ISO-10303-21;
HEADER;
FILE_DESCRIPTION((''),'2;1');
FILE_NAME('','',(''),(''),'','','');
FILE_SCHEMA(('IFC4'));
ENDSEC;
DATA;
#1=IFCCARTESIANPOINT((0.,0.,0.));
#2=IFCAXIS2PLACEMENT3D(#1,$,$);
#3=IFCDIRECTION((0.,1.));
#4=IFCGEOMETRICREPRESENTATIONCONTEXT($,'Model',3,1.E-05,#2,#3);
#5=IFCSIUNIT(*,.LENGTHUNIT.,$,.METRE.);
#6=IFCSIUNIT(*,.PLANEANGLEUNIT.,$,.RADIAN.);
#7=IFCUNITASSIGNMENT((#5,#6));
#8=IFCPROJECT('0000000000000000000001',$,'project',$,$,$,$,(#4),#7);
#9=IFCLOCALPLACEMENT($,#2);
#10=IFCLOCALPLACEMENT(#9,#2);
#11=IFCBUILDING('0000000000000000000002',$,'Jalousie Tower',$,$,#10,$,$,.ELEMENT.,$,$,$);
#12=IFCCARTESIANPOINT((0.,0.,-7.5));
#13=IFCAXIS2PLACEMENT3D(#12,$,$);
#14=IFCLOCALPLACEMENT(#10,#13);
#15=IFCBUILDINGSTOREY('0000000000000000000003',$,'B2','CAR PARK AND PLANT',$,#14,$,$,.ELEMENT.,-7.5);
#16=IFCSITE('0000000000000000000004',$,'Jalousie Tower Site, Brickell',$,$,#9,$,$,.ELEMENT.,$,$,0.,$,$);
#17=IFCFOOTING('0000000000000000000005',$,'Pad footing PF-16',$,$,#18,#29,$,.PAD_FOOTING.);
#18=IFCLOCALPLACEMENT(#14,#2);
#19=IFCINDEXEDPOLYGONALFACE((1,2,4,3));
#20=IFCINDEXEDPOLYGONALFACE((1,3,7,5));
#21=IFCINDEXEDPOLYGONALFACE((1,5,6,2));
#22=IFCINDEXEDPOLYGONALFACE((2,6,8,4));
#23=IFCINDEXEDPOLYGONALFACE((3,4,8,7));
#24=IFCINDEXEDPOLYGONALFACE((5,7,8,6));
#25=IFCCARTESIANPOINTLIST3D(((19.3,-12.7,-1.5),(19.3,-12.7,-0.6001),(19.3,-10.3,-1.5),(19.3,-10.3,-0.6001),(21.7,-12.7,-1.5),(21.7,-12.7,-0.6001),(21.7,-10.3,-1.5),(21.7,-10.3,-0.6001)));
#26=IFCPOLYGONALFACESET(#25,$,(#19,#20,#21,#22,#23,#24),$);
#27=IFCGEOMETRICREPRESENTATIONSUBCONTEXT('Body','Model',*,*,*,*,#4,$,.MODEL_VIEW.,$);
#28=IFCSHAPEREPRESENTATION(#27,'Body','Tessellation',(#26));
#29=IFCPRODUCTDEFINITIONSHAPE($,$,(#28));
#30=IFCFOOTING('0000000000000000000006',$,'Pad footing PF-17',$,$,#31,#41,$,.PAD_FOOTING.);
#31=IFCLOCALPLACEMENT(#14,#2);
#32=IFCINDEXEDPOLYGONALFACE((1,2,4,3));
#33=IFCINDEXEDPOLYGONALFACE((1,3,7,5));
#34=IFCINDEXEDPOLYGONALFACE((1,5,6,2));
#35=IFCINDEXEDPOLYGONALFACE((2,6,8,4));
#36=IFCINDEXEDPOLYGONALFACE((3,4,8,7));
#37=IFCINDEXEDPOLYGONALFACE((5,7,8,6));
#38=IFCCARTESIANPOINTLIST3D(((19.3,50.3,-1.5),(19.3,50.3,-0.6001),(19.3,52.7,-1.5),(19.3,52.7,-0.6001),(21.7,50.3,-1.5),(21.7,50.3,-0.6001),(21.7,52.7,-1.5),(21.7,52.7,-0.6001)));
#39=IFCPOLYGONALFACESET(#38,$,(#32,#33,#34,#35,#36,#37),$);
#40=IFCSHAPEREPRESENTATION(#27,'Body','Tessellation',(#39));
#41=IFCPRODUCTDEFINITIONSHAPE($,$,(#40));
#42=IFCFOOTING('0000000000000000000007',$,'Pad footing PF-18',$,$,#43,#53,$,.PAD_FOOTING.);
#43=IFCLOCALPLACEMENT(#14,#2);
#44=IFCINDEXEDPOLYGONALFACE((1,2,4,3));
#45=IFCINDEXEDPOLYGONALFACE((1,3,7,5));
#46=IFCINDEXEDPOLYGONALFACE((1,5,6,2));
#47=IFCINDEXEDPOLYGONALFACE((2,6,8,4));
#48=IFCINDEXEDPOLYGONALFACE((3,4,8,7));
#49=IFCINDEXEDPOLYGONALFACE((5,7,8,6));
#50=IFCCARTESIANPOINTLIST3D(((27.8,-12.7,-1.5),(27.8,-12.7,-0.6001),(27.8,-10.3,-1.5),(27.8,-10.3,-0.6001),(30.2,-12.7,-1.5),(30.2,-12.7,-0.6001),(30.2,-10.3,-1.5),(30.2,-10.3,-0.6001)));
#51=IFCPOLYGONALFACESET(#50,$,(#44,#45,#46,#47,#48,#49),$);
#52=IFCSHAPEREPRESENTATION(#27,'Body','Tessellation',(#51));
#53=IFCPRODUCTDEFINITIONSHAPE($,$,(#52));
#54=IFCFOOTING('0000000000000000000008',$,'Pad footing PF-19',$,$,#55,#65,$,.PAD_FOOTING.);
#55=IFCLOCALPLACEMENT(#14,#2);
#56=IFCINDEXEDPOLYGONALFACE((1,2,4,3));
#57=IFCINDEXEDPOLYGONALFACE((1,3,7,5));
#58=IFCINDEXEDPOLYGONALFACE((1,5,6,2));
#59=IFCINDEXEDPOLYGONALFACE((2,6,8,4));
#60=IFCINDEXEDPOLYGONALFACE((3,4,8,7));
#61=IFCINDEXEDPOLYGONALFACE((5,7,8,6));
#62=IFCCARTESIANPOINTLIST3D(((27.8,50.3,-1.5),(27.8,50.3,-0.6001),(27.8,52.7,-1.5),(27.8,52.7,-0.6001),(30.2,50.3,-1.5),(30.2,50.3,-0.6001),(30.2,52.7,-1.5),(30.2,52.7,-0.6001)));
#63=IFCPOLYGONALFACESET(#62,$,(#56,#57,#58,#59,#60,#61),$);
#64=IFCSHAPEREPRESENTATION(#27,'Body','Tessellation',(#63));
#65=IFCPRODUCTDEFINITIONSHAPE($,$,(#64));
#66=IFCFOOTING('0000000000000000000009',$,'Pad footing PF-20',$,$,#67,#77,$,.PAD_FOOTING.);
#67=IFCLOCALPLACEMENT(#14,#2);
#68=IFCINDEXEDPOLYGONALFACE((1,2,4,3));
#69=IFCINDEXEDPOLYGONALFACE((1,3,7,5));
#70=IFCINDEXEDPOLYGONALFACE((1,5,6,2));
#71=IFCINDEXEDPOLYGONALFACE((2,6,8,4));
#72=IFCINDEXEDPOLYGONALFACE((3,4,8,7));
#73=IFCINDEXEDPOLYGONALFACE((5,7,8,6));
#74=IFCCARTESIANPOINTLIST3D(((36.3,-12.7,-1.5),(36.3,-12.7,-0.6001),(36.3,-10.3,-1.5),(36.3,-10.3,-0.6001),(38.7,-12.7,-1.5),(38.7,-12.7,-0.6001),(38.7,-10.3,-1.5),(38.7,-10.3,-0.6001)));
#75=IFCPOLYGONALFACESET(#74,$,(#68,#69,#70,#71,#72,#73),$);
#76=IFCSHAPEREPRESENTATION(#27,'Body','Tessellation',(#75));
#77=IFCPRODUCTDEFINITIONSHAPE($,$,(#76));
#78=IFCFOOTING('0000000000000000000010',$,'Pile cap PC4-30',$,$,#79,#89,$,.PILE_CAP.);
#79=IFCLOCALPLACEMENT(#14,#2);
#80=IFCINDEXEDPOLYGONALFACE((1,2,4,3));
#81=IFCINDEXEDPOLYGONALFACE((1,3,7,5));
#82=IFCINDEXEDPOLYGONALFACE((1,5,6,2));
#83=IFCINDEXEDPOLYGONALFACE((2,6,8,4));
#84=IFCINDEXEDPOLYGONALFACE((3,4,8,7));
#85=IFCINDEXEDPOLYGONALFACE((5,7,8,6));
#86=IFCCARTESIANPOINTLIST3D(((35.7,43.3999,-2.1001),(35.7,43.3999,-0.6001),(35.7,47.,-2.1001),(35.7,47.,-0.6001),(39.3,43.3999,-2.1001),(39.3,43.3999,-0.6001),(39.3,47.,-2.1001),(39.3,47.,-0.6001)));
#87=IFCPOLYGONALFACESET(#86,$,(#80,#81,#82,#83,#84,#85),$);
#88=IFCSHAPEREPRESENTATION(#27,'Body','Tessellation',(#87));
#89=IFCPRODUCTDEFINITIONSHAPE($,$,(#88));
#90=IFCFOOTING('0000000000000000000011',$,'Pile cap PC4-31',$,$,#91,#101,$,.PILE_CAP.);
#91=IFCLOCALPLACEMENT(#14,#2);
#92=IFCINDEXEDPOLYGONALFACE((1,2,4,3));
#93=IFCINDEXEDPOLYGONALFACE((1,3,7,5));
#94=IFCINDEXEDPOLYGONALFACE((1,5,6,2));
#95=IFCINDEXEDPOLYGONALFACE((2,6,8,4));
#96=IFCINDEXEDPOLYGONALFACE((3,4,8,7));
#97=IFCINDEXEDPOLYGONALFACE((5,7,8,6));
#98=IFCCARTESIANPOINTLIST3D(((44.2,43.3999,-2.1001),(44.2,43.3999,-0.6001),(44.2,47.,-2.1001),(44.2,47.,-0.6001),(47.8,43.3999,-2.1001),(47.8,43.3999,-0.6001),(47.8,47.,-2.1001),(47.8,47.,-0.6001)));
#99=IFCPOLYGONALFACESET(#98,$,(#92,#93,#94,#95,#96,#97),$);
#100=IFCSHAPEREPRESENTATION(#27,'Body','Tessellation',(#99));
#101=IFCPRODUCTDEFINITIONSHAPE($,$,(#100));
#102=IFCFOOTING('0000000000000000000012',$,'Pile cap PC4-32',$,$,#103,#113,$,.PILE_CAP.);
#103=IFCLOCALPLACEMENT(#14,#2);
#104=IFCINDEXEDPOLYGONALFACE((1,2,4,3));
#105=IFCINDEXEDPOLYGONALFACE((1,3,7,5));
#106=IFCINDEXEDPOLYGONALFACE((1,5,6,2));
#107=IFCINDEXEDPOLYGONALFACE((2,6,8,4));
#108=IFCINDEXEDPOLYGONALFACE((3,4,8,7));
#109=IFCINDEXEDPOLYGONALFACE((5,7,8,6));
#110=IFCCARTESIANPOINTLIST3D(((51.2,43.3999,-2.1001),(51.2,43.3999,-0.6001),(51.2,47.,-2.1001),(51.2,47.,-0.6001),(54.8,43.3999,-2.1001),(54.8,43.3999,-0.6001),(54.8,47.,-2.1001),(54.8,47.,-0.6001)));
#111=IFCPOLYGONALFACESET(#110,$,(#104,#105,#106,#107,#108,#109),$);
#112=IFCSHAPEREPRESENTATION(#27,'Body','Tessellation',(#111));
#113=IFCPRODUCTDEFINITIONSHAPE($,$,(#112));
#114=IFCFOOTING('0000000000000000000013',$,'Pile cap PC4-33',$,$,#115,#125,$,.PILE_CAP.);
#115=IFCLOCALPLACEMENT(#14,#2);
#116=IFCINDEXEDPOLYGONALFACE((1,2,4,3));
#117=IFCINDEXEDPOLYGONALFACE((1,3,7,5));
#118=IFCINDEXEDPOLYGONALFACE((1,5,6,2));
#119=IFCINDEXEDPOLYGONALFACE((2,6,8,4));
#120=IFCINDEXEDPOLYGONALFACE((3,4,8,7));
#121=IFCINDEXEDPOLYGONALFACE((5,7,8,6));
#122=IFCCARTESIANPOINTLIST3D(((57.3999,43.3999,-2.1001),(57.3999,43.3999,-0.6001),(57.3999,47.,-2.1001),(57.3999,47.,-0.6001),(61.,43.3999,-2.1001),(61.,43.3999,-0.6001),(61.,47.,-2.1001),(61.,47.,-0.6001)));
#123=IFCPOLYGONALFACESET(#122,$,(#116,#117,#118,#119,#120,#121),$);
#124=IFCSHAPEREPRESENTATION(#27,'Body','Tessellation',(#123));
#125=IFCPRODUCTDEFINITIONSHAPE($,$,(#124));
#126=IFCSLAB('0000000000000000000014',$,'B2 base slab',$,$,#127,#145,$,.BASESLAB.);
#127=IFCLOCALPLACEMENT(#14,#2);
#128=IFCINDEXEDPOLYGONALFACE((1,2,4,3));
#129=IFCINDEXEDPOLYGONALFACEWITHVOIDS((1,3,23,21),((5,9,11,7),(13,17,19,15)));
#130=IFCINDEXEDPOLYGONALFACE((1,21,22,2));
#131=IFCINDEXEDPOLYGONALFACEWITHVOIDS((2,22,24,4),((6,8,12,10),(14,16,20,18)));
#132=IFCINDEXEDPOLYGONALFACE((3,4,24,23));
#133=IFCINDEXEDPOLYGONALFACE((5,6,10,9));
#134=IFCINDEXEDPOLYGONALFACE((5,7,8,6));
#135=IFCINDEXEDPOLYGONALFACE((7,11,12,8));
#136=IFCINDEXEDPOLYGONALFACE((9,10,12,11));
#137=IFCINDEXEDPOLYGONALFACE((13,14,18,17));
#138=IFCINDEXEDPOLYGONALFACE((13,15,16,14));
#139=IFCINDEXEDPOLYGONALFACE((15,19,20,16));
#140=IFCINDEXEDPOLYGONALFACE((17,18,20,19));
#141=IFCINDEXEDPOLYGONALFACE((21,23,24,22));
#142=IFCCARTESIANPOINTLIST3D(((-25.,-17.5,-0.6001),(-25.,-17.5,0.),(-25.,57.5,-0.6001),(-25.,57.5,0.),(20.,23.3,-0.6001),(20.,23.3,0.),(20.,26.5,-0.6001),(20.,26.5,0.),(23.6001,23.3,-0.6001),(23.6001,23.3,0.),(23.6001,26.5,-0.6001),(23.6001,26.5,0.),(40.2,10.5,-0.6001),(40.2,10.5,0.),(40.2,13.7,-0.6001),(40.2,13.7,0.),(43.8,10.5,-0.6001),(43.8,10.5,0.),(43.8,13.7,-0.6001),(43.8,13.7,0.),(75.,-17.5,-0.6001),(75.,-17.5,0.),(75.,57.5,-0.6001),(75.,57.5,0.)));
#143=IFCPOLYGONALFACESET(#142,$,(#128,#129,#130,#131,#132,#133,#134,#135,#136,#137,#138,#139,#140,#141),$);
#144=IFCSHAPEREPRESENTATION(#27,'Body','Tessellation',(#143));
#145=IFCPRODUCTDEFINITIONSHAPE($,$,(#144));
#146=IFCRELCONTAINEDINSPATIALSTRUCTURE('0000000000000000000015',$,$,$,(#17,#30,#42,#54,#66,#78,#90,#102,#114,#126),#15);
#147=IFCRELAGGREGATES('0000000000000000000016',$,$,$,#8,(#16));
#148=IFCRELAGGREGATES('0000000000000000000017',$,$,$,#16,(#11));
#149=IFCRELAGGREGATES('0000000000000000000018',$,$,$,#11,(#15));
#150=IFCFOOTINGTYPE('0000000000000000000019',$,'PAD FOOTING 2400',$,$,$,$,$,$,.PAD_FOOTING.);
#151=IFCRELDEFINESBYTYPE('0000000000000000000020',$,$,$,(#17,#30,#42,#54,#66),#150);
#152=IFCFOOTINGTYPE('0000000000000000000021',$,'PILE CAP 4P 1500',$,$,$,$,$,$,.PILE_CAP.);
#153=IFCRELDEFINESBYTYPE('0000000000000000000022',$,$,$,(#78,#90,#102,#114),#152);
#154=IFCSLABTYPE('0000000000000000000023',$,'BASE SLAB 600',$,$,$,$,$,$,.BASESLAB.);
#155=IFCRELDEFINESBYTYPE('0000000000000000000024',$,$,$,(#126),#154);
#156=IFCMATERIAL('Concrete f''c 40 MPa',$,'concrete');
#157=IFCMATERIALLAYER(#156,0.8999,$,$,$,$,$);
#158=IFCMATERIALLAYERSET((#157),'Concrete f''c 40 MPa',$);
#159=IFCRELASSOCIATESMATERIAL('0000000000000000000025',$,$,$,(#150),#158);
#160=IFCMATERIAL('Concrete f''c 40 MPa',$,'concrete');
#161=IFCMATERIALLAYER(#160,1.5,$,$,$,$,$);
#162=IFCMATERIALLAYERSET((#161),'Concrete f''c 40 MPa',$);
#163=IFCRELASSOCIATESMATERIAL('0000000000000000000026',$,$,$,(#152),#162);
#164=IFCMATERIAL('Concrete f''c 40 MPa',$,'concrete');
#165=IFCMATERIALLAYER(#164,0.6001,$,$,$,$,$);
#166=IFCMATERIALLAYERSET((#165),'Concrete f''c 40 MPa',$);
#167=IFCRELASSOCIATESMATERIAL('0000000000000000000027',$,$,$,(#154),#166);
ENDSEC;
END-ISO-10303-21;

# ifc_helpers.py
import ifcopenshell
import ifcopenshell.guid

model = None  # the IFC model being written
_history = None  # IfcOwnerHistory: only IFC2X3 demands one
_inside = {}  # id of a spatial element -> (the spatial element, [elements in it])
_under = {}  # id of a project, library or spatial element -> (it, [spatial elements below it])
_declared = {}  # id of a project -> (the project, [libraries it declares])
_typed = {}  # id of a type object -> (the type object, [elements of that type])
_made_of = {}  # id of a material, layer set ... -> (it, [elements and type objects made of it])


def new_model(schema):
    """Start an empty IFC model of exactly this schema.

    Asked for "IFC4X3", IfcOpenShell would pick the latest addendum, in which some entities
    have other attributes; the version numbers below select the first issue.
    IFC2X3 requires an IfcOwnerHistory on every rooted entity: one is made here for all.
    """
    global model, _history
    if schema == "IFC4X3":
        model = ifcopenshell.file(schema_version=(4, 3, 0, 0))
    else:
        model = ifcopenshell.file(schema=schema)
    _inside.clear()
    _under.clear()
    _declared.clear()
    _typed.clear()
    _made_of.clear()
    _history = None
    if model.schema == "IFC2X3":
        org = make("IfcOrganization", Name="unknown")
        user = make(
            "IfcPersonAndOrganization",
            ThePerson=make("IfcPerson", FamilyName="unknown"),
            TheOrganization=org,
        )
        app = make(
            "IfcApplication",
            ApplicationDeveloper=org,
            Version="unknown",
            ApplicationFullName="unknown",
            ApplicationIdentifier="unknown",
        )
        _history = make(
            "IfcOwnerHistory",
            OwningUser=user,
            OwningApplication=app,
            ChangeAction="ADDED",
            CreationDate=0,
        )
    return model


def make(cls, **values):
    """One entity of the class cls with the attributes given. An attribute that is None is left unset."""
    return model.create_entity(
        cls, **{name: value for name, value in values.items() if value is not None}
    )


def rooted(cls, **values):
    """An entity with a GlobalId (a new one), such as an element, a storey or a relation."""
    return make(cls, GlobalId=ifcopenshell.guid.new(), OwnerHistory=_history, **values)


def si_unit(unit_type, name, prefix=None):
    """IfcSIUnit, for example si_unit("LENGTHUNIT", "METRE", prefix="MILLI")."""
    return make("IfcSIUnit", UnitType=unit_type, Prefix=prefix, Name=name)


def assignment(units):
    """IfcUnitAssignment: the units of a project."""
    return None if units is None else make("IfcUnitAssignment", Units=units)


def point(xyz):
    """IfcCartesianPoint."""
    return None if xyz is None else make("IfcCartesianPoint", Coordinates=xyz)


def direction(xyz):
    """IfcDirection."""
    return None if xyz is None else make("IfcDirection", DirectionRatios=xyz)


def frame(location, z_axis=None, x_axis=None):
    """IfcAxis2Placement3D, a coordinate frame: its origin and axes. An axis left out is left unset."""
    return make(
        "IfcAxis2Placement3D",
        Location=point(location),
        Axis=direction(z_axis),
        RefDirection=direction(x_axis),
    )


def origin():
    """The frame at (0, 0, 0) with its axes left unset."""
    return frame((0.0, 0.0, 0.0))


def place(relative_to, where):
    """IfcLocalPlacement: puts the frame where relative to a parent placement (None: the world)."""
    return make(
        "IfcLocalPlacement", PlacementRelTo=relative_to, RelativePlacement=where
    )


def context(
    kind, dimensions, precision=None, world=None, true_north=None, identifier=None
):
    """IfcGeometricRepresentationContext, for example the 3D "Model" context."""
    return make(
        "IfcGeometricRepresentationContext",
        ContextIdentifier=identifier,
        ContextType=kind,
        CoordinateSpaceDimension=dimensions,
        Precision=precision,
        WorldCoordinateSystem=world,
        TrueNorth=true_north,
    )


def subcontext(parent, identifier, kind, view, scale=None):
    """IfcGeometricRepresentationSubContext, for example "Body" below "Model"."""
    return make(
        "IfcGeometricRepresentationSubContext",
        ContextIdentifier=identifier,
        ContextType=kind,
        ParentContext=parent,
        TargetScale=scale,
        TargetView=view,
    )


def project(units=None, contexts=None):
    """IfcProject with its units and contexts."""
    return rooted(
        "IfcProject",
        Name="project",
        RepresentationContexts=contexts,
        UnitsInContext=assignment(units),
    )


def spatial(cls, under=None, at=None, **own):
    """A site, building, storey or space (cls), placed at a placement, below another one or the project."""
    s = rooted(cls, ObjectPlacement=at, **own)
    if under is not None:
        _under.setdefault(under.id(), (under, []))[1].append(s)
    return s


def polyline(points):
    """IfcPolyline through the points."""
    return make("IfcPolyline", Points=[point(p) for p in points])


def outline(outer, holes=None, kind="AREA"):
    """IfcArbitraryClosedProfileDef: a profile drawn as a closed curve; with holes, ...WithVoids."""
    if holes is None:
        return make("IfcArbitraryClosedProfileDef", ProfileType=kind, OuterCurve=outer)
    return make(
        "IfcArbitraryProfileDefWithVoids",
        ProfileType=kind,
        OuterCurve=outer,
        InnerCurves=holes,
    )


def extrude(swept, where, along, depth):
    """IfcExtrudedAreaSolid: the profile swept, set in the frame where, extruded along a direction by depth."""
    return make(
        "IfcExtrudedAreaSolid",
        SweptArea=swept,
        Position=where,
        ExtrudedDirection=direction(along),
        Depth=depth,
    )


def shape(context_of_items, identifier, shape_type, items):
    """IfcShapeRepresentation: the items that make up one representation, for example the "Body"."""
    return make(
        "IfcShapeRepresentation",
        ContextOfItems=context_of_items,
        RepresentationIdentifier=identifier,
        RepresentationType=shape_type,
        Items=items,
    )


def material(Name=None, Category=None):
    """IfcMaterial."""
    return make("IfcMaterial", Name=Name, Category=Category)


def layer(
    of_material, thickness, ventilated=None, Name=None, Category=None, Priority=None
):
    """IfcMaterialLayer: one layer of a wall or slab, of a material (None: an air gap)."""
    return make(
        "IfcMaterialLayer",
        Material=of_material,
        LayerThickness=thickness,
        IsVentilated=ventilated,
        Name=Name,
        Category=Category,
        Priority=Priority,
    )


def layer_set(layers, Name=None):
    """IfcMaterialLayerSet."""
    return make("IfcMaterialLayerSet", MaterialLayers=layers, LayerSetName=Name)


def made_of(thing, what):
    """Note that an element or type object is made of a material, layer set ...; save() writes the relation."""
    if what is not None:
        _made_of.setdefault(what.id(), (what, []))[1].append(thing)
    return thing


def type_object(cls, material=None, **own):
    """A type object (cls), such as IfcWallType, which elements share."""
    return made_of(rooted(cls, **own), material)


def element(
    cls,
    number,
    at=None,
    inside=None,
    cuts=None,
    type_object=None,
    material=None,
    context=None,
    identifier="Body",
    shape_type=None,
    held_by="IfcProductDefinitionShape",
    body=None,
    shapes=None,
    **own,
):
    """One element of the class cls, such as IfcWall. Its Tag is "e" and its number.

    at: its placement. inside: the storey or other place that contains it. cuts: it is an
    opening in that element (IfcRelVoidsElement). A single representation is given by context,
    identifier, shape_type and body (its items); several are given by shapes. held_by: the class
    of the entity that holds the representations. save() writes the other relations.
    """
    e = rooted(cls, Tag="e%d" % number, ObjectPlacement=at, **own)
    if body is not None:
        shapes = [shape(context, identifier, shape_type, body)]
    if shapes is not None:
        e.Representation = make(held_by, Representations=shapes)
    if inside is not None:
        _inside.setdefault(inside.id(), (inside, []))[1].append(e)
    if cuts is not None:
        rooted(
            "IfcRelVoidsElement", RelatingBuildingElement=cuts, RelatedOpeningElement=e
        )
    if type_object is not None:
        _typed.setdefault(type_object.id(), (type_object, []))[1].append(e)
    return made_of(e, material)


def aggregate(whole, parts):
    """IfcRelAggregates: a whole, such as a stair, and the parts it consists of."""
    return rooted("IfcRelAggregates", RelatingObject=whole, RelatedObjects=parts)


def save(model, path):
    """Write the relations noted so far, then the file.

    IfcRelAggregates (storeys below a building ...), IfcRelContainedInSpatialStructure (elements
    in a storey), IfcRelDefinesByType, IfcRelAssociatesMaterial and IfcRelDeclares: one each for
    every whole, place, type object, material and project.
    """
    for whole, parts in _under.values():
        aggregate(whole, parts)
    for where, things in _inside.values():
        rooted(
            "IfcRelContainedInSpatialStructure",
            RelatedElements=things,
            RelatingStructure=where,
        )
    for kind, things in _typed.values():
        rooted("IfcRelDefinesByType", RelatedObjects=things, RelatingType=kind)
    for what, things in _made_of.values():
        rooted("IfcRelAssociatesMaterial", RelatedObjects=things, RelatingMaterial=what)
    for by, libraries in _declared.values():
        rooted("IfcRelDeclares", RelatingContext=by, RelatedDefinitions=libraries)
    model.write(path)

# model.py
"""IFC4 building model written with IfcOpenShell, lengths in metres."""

from ifc_helpers import new_model, si_unit, direction, frame, origin, place, context, subcontext, project, spatial, polyline, outline, extrude, material, layer, layer_set, type_object, element, save


model = new_model("IFC4")

# Units and contexts
model_context = context("Model", 3, precision=1e-05, world=origin(), true_north=direction((0.0, 1.0)))
body_context = subcontext(model_context, "Body", "Model", "MODEL_VIEW")
ifc_project = project(units=[si_unit("LENGTHUNIT", "METRE"), si_unit("PLANEANGLEUNIT", "RADIAN")], contexts=[model_context])

# Site, building, storey
site_placement = place(None, origin())
site = spatial("IfcSite", under=ifc_project, at=site_placement, Name="Jalousie Tower Site, Brickell", CompositionType="ELEMENT", RefElevation=0.0)
building_placement = place(site_placement, origin())
building = spatial("IfcBuilding", under=site, at=building_placement, Name="Jalousie Tower", CompositionType="ELEMENT")
storey_placement = place(building_placement, frame((0.0, 0.0, -7.5)))
storey = spatial("IfcBuildingStorey", under=building, at=storey_placement, Name="B2", Description="CAR PARK AND PLANT", CompositionType="ELEMENT", Elevation=-7.5)

# Footings
ifc_material_1 = material(Name="Concrete f'c 40 MPa", Category="concrete")
ifc_layer_1 = layer(ifc_material_1, 0.8999)
ifc_layer_set_1 = layer_set([ifc_layer_1], Name="Concrete f'c 40 MPa")
footing_type_1 = type_object("IfcFootingType", Name="PAD FOOTING 2400", PredefinedType="PAD_FOOTING", material=ifc_layer_set_1)
footing_1_placement = place(storey_placement, frame((0.0, 0.0, -1.5)))
element("IfcFooting", 1, at=footing_1_placement, inside=storey, type_object=footing_type_1, Name="Pad footing PF-16", PredefinedType="PAD_FOOTING", context=body_context, shape_type="SweptSolid", body=[
    extrude(outline(polyline([(19.3, -12.7), (21.7, -12.7), (21.7, -10.3), (19.3, -10.3), (19.3, -12.7)])), origin(), (0.0, 0.0, 1.0), 0.8999),
])
footing_2_placement = place(storey_placement, frame((0.0, 0.0, -1.5)))
element("IfcFooting", 2, at=footing_2_placement, inside=storey, type_object=footing_type_1, Name="Pad footing PF-17", PredefinedType="PAD_FOOTING", context=body_context, shape_type="SweptSolid", body=[
    extrude(outline(polyline([(19.3, 50.3), (21.7, 50.3), (21.7, 52.7), (19.3, 52.7), (19.3, 50.3)])), origin(), (0.0, 0.0, 1.0), 0.8999),
])
footing_3_placement = place(storey_placement, frame((0.0, 0.0, -1.5)))
element("IfcFooting", 3, at=footing_3_placement, inside=storey, type_object=footing_type_1, Name="Pad footing PF-18", PredefinedType="PAD_FOOTING", context=body_context, shape_type="SweptSolid", body=[
    extrude(outline(polyline([(27.8, -12.7), (30.2, -12.7), (30.2, -10.3), (27.8, -10.3), (27.8, -12.7)])), origin(), (0.0, 0.0, 1.0), 0.8999),
])
footing_4_placement = place(storey_placement, frame((0.0, 0.0, -1.5)))
element("IfcFooting", 4, at=footing_4_placement, inside=storey, type_object=footing_type_1, Name="Pad footing PF-19", PredefinedType="PAD_FOOTING", context=body_context, shape_type="SweptSolid", body=[
    extrude(outline(polyline([(27.8, 50.3), (30.2, 50.3), (30.2, 52.7), (27.8, 52.7), (27.8, 50.3)])), origin(), (0.0, 0.0, 1.0), 0.8999),
])
footing_5_placement = place(storey_placement, frame((0.0, 0.0, -1.5)))
element("IfcFooting", 5, at=footing_5_placement, inside=storey, type_object=footing_type_1, Name="Pad footing PF-20", PredefinedType="PAD_FOOTING", context=body_context, shape_type="SweptSolid", body=[
    extrude(outline(polyline([(36.3, -12.7), (38.7, -12.7), (38.7, -10.3), (36.3, -10.3), (36.3, -12.7)])), origin(), (0.0, 0.0, 1.0), 0.8999),
])
ifc_material_2 = material(Name="Concrete f'c 40 MPa", Category="concrete")
ifc_layer_2 = layer(ifc_material_2, 1.5)
ifc_layer_set_2 = layer_set([ifc_layer_2], Name="Concrete f'c 40 MPa")
footing_type_2 = type_object("IfcFootingType", Name="PILE CAP 4P 1500", PredefinedType="PILE_CAP", material=ifc_layer_set_2)
footing_6_placement = place(storey_placement, frame((0.0, 0.0, -2.1001)))
element("IfcFooting", 6, at=footing_6_placement, inside=storey, type_object=footing_type_2, Name="Pile cap PC4-30", PredefinedType="PILE_CAP", context=body_context, shape_type="SweptSolid", body=[
    extrude(outline(polyline([(35.7, 43.3999), (39.3, 43.3999), (39.3, 47.0), (35.7, 47.0), (35.7, 43.3999)])), origin(), (0.0, 0.0, 1.0), 1.5),
])
footing_7_placement = place(storey_placement, frame((0.0, 0.0, -2.1001)))
element("IfcFooting", 7, at=footing_7_placement, inside=storey, type_object=footing_type_2, Name="Pile cap PC4-31", PredefinedType="PILE_CAP", context=body_context, shape_type="SweptSolid", body=[
    extrude(outline(polyline([(44.2, 43.3999), (47.8, 43.3999), (47.8, 47.0), (44.2, 47.0), (44.2, 43.3999)])), origin(), (0.0, 0.0, 1.0), 1.5),
])
footing_8_placement = place(storey_placement, frame((0.0, 0.0, -2.1001)))
element("IfcFooting", 8, at=footing_8_placement, inside=storey, type_object=footing_type_2, Name="Pile cap PC4-32", PredefinedType="PILE_CAP", context=body_context, shape_type="SweptSolid", body=[
    extrude(outline(polyline([(51.2, 43.3999), (54.8, 43.3999), (54.8, 47.0), (51.2, 47.0), (51.2, 43.3999)])), origin(), (0.0, 0.0, 1.0), 1.5),
])
footing_9_placement = place(storey_placement, frame((0.0, 0.0, -2.1001)))
element("IfcFooting", 9, at=footing_9_placement, inside=storey, type_object=footing_type_2, Name="Pile cap PC4-33", PredefinedType="PILE_CAP", context=body_context, shape_type="SweptSolid", body=[
    extrude(outline(polyline([(57.3999, 43.3999), (61.0, 43.3999), (61.0, 47.0), (57.3999, 47.0), (57.3999, 43.3999)])), origin(), (0.0, 0.0, 1.0), 1.5),
])

# Slab
ifc_material_3 = material(Name="Concrete f'c 40 MPa", Category="concrete")
ifc_layer_3 = layer(ifc_material_3, 0.6001)
ifc_layer_set_3 = layer_set([ifc_layer_3], Name="Concrete f'c 40 MPa")
slab_type = type_object("IfcSlabType", Name="BASE SLAB 600", PredefinedType="BASESLAB", material=ifc_layer_set_3)
slab_placement = place(storey_placement, frame((0.0, 0.0, -0.6001)))
element("IfcSlab", 10, at=slab_placement, inside=storey, type_object=slab_type, Name="B2 base slab", PredefinedType="BASESLAB", context=body_context, shape_type="SweptSolid", body=[
    extrude(outline(polyline([(-25.0, -17.5), (75.0, -17.5), (75.0, 57.5), (-25.0, 57.5), (-25.0, -17.5)]), holes=[polyline([(20.0, 23.3), (23.6001, 23.3), (23.6001, 26.5), (20.0, 26.5), (20.0, 23.3)]), polyline([(40.2, 10.5), (43.8, 10.5), (43.8, 13.7), (40.2, 13.7), (40.2, 10.5)])]), origin(), (0.0, 0.0, 1.0), 0.6001),
])

save(model, "model.ifc")
